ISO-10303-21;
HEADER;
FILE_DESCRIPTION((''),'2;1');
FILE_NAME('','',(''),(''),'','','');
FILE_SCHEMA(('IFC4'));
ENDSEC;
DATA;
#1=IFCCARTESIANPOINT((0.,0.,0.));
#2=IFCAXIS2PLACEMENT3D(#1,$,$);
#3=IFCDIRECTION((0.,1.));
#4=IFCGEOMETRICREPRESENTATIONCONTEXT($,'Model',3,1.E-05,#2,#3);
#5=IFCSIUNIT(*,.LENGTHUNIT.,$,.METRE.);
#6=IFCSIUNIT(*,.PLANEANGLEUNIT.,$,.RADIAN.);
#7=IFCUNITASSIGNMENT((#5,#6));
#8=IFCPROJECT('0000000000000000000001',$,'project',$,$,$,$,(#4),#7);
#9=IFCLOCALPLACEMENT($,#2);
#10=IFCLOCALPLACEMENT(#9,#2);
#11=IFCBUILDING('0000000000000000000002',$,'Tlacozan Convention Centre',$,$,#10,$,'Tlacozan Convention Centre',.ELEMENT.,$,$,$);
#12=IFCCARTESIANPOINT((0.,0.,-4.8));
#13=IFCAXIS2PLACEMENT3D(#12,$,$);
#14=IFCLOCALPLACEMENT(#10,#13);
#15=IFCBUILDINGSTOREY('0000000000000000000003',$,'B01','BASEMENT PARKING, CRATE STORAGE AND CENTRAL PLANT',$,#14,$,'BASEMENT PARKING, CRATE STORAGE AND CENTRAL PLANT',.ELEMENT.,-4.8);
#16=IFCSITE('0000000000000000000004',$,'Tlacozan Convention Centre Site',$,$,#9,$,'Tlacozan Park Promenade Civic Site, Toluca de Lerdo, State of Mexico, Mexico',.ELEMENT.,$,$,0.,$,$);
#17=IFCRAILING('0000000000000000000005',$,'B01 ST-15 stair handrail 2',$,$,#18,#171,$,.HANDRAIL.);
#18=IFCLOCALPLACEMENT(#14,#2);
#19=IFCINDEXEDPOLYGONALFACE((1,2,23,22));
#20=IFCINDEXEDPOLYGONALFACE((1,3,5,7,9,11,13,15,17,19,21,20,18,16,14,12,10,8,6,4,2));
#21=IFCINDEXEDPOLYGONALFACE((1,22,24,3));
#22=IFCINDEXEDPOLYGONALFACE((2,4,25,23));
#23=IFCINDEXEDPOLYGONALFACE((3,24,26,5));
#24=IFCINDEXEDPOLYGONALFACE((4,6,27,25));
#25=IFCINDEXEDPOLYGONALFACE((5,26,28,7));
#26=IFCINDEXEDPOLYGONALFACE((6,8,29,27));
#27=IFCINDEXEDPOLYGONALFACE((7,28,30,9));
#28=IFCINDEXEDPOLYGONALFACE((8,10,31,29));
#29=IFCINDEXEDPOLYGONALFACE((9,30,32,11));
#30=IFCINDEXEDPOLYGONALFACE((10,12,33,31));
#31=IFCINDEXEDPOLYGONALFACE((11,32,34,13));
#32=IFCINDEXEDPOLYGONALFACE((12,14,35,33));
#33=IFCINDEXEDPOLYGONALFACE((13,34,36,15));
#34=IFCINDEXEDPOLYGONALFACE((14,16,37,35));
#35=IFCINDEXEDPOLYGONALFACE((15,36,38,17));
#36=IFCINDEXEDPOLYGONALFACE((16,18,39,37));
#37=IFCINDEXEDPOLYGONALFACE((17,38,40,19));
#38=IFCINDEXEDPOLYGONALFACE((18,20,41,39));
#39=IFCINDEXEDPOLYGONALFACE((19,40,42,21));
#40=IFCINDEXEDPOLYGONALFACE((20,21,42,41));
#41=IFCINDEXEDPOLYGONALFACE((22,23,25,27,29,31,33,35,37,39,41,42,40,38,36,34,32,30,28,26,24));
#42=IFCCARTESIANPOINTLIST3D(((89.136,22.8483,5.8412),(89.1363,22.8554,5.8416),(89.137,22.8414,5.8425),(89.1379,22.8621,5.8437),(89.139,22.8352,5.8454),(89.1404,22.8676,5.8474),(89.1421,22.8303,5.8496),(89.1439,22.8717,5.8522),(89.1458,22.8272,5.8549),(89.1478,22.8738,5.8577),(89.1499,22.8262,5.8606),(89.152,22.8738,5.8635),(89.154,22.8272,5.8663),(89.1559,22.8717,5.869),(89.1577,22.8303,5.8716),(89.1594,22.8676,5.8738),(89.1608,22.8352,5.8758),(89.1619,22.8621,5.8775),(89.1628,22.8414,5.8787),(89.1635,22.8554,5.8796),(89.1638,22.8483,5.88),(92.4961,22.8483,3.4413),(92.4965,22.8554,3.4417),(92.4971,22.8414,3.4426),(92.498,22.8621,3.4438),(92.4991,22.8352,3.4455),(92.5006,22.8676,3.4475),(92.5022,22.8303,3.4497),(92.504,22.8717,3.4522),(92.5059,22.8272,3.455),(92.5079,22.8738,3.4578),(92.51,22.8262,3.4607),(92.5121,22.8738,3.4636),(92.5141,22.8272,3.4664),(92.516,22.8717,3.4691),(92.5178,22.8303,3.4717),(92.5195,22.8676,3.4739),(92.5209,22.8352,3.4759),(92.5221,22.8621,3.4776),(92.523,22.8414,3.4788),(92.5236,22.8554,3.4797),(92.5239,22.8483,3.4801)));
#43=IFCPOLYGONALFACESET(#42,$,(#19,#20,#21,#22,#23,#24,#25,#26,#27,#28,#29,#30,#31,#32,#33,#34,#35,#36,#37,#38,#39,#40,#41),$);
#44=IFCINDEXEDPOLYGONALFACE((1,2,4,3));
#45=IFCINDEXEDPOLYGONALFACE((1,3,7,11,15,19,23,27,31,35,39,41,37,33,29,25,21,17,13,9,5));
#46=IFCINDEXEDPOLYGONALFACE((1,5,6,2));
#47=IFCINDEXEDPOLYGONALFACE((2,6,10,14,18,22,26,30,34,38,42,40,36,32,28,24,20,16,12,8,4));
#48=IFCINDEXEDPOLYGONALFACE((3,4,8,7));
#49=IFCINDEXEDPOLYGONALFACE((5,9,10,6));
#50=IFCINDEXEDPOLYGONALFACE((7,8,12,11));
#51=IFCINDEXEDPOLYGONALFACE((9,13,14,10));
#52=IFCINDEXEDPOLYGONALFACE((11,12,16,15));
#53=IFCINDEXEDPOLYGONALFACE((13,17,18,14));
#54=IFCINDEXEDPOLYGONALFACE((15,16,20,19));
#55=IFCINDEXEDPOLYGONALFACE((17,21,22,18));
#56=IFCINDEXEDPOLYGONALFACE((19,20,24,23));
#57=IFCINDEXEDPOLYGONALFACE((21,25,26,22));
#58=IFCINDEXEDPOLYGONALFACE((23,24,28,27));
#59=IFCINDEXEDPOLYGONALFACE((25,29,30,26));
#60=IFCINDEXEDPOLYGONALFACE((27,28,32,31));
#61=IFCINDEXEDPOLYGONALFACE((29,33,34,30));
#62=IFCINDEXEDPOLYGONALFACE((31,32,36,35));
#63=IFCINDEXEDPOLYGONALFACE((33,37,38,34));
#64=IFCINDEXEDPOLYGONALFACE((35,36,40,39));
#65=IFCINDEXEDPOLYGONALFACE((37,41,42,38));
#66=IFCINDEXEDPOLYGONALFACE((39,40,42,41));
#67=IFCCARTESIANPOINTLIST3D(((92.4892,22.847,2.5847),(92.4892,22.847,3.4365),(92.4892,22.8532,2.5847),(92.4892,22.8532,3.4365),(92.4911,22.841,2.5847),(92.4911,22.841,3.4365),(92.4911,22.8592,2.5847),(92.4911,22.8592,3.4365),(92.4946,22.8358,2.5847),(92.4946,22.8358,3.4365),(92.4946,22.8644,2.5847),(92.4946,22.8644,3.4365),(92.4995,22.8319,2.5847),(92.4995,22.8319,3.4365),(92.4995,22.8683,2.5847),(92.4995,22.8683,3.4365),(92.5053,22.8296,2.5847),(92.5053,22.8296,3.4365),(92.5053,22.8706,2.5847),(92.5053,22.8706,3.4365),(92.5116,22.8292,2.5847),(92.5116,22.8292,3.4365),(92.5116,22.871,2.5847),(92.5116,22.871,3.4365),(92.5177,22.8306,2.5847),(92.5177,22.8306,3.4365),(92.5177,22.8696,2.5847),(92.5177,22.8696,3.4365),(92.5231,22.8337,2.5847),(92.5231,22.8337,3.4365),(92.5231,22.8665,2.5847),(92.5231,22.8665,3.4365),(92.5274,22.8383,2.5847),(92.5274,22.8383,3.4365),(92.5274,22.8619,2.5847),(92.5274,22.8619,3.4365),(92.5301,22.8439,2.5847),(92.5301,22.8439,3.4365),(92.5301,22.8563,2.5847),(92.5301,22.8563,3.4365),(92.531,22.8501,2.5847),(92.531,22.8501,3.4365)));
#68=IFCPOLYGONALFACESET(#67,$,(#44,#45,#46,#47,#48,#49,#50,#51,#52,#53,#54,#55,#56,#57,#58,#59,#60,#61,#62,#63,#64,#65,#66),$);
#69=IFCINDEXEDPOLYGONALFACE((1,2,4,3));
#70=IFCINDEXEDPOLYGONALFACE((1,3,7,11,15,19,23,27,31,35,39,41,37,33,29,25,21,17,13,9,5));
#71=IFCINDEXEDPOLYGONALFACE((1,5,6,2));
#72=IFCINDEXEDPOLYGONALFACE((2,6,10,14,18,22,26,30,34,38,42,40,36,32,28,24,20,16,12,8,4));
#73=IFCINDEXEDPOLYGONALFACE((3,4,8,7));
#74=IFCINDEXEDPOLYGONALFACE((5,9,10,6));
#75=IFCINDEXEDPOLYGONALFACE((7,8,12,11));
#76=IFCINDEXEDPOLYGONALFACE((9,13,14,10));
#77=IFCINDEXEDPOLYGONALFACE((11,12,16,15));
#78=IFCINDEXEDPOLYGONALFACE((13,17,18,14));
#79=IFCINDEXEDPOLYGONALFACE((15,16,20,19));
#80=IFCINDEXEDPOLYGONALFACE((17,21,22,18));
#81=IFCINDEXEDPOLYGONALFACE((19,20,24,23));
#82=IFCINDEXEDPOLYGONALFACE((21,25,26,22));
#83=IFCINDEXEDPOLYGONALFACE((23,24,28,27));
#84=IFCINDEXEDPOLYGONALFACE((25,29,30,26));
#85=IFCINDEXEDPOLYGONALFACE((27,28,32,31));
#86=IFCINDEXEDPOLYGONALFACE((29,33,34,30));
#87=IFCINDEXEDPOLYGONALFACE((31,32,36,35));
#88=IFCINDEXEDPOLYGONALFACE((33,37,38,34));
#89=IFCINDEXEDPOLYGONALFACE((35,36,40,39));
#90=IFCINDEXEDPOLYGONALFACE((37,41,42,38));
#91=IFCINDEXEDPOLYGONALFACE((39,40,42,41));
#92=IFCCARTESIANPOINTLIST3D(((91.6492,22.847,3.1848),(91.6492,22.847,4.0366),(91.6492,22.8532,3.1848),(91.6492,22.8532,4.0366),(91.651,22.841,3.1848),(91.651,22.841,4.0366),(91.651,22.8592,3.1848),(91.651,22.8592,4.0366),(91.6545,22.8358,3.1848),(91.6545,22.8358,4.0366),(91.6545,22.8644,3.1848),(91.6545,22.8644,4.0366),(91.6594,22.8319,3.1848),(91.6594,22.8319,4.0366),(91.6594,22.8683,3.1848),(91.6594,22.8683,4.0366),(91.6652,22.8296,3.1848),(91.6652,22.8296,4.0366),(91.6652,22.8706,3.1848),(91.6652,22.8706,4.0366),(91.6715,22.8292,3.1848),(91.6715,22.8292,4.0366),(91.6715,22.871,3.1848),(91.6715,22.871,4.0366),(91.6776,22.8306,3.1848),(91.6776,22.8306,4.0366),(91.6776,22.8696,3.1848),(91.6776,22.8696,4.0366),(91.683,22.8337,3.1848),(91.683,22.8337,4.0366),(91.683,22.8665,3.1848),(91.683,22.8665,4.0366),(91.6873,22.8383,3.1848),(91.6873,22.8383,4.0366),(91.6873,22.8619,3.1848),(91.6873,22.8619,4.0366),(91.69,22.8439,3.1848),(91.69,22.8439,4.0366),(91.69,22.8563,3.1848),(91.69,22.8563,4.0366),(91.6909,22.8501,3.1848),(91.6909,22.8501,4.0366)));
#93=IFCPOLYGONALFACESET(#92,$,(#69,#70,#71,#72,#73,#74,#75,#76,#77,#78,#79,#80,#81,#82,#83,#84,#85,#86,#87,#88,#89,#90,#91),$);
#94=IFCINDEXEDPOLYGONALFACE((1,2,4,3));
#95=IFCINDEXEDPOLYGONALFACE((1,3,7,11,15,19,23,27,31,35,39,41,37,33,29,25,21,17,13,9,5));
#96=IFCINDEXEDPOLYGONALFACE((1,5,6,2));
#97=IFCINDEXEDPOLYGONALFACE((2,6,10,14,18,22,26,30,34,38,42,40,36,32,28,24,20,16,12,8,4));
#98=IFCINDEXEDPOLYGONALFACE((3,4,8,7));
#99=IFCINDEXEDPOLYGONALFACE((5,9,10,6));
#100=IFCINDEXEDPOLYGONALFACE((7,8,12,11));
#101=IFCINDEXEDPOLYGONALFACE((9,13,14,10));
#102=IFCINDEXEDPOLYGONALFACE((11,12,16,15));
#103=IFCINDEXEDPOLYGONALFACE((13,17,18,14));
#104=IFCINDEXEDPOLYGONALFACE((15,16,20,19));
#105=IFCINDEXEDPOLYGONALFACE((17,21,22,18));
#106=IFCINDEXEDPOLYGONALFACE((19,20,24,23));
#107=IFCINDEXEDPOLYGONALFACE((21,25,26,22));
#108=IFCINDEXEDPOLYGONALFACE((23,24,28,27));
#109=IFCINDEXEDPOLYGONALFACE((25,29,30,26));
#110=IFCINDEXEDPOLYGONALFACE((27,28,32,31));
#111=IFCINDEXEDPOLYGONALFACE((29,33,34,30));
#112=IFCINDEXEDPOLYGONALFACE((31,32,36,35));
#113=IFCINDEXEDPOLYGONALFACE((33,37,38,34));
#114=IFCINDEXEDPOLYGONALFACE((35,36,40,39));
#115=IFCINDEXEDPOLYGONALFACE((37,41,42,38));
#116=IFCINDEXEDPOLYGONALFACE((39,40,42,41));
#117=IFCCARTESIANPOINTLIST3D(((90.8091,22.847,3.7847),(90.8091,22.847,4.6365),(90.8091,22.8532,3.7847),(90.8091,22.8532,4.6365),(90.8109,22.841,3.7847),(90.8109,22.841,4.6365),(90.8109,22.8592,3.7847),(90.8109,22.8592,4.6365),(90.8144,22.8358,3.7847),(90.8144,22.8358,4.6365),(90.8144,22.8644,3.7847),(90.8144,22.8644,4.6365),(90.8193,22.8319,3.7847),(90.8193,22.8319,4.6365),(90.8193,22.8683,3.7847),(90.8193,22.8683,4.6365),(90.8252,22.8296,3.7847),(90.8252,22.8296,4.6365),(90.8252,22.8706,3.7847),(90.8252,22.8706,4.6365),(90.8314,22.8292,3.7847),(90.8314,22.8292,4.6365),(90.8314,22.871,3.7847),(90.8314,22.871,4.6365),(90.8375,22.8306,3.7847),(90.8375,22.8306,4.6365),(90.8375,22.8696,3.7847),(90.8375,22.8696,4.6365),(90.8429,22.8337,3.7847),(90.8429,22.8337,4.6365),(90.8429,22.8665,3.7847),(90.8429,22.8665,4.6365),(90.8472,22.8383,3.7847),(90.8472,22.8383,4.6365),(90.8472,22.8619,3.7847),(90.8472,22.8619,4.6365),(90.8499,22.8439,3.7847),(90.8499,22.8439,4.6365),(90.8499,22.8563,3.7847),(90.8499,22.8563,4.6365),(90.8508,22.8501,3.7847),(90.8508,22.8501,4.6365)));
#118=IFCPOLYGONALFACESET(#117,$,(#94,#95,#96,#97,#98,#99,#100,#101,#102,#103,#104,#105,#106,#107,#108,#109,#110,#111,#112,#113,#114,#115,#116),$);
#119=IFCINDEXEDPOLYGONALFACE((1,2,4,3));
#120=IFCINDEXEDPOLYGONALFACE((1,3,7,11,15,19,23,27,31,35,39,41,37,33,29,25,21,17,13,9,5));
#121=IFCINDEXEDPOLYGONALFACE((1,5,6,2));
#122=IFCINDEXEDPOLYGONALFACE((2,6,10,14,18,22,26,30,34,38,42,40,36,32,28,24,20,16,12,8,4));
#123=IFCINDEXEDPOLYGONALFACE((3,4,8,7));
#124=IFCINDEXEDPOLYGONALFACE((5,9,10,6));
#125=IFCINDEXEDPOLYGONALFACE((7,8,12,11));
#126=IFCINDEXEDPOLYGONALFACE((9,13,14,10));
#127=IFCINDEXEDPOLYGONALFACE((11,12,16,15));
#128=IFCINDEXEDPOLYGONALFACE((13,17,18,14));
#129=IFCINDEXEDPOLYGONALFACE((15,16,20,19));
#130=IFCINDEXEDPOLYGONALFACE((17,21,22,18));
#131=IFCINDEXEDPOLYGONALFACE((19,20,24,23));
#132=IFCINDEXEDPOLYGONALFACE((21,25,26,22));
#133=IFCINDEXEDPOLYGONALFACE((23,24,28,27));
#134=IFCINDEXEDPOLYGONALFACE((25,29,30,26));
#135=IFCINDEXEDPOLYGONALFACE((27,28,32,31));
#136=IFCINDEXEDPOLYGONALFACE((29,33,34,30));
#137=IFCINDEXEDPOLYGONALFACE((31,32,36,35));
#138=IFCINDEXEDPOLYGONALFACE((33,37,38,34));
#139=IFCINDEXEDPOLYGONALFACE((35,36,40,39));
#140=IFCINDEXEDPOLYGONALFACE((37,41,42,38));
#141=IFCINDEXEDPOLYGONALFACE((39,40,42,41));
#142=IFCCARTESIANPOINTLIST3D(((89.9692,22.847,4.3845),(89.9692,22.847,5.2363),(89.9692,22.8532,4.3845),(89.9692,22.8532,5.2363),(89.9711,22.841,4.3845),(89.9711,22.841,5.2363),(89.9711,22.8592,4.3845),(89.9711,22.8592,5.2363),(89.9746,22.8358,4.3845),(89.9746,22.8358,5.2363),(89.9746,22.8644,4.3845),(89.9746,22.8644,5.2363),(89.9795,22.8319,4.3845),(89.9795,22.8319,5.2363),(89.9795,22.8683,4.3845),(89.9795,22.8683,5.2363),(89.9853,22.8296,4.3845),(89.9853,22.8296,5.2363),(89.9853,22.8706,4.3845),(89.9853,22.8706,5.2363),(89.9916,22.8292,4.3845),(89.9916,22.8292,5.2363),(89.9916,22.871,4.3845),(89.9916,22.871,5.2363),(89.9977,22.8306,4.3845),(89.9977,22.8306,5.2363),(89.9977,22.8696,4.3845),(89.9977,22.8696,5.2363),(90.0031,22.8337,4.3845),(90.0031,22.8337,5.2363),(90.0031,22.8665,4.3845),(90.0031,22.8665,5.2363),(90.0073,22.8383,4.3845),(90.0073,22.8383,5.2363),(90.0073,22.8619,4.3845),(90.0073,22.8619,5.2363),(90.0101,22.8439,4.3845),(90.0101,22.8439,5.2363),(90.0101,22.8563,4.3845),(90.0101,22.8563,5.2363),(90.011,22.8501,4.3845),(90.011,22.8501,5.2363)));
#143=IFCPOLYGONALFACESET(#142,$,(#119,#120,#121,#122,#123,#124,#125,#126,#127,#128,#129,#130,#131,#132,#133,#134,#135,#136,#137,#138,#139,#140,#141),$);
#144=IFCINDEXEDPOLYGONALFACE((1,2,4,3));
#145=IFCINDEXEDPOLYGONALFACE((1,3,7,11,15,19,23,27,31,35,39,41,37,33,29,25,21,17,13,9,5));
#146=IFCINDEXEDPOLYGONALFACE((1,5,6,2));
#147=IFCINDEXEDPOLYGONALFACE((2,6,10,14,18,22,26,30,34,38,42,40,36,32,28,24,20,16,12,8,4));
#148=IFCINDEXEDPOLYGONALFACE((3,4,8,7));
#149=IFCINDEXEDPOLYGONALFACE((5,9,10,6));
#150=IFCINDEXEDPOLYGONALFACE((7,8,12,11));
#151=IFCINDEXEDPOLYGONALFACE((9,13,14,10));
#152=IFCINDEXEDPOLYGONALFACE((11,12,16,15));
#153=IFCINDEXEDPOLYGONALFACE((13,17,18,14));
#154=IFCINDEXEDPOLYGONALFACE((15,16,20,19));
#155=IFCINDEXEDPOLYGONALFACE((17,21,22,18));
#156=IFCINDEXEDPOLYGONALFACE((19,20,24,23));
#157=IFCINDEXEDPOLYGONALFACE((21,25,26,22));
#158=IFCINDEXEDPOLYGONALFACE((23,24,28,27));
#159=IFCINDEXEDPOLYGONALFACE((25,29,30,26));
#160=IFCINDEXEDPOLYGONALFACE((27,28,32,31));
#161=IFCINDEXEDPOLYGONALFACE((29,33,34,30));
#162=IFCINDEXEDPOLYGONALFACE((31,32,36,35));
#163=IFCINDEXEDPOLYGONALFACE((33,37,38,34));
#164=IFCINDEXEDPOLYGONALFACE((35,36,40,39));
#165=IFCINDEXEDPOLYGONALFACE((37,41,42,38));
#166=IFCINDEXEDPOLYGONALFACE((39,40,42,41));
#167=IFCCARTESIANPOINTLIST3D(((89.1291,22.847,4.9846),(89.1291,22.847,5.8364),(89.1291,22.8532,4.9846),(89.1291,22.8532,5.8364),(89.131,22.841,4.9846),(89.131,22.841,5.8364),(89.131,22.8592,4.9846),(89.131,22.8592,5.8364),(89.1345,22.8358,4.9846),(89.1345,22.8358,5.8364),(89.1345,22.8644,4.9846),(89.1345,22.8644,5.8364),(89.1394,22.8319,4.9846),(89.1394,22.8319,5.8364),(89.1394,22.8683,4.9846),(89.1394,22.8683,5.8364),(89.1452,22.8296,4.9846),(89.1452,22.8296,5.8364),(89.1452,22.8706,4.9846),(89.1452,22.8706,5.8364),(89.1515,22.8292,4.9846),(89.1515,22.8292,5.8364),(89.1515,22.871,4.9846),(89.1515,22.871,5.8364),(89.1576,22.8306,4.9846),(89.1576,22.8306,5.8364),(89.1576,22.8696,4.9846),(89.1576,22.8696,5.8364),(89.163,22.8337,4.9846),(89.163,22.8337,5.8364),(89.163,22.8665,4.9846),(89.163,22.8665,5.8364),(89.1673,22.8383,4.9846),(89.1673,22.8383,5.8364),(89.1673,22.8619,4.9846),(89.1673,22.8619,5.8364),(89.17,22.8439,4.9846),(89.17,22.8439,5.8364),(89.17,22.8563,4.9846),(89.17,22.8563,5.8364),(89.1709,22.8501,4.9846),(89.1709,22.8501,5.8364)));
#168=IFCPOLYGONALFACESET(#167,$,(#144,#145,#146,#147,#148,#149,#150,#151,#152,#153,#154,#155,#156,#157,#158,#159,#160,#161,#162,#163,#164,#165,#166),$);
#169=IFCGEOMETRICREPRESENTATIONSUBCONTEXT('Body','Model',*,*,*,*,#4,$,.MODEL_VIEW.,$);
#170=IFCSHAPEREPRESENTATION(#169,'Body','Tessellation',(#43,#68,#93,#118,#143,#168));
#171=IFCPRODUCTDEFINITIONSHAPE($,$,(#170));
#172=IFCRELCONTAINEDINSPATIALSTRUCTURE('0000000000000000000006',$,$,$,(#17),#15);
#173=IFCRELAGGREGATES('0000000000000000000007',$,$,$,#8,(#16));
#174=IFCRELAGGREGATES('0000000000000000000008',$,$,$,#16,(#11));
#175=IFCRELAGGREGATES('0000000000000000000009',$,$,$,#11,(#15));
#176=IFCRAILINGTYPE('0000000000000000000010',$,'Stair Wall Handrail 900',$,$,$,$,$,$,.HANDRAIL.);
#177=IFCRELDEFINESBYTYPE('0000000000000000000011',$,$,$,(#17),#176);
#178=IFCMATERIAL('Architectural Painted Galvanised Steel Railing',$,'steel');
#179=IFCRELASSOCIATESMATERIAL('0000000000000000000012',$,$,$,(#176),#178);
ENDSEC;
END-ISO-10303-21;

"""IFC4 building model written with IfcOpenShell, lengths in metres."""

from ifc_helpers import new_model, si_unit, direction, frame, origin, origin_2d, place, context, subcontext, project, spatial, circle, extrude, material, type_object, element, save


model = new_model("IFC4")

# Units and contexts
model_context = context("Model", 3, precision=1e-05, world=origin(), true_north=direction((0.0, 1.0)))
body_context = subcontext(model_context, "Body", "Model", "MODEL_VIEW")
ifc_project = project(units=[si_unit("LENGTHUNIT", "METRE"), si_unit("PLANEANGLEUNIT", "RADIAN")], contexts=[model_context])

# Site, building, storey
site_placement = place(None, origin())
site = spatial("IfcSite", under=ifc_project, at=site_placement, Name="Tlacozan Convention Centre Site", LongName="Tlacozan Park Promenade Civic Site, Toluca de Lerdo, State of Mexico, Mexico", CompositionType="ELEMENT", RefElevation=0.0)
building_placement = place(site_placement, origin())
building = spatial("IfcBuilding", under=site, at=building_placement, Name="Tlacozan Convention Centre", LongName="Tlacozan Convention Centre", CompositionType="ELEMENT")
storey_placement = place(building_placement, frame((0.0, 0.0, -4.8)))
storey = spatial("IfcBuildingStorey", under=building, at=storey_placement, Name="B01", Description="BASEMENT PARKING, CRATE STORAGE AND CENTRAL PLANT", LongName="BASEMENT PARKING, CRATE STORAGE AND CENTRAL PLANT", CompositionType="ELEMENT", Elevation=-4.8)

# Railing
ifc_material_1 = material(Name="Architectural Painted Galvanised Steel Railing", Category="steel")
railing_type_1 = type_object("IfcRailingType", Name="Stair Wall Handrail 900", PredefinedType="HANDRAIL", material=ifc_material_1)
railing_1_placement = place(storey_placement, frame((92.51, 22.8501, 2.5847)))
element("IfcRailing", 1, at=railing_1_placement, inside=storey, type_object=railing_type_1, Name="B01 ST-15 stair handrail 2", PredefinedType="HANDRAIL", context=body_context, shape_type="SweptSolid", body=[
    extrude(circle(Radius=0.0239, at=origin_2d()), frame((0.0, 0.0, 0.876), z_axis=(-0.813753, 0.0, 0.58121), x_axis=(0.0, -1.0, 0.0)), (0.0, 0.0, 1.0), 4.1292),
    extrude(circle(Radius=0.021, at=origin_2d()), origin(), (0.0, 0.0, 1.0), 0.8518),
    extrude(circle(Radius=0.021, at=origin_2d()), frame((-0.8401, 0.0, 0.6001)), (0.0, 0.0, 1.0), 0.8518),
    extrude(circle(Radius=0.021, at=origin_2d()), frame((-1.6802, 0.0, 1.2)), (0.0, 0.0, 1.0), 0.8518),
    extrude(circle(Radius=0.021, at=origin_2d()), frame((-2.52, 0.0, 1.7998)), (0.0, 0.0, 1.0), 0.8518),
    extrude(circle(Radius=0.021, at=origin_2d()), frame((-3.3601, 0.0, 2.3999)), (0.0, 0.0, 1.0), 0.8518),
])

save(model, "model.ifc")
